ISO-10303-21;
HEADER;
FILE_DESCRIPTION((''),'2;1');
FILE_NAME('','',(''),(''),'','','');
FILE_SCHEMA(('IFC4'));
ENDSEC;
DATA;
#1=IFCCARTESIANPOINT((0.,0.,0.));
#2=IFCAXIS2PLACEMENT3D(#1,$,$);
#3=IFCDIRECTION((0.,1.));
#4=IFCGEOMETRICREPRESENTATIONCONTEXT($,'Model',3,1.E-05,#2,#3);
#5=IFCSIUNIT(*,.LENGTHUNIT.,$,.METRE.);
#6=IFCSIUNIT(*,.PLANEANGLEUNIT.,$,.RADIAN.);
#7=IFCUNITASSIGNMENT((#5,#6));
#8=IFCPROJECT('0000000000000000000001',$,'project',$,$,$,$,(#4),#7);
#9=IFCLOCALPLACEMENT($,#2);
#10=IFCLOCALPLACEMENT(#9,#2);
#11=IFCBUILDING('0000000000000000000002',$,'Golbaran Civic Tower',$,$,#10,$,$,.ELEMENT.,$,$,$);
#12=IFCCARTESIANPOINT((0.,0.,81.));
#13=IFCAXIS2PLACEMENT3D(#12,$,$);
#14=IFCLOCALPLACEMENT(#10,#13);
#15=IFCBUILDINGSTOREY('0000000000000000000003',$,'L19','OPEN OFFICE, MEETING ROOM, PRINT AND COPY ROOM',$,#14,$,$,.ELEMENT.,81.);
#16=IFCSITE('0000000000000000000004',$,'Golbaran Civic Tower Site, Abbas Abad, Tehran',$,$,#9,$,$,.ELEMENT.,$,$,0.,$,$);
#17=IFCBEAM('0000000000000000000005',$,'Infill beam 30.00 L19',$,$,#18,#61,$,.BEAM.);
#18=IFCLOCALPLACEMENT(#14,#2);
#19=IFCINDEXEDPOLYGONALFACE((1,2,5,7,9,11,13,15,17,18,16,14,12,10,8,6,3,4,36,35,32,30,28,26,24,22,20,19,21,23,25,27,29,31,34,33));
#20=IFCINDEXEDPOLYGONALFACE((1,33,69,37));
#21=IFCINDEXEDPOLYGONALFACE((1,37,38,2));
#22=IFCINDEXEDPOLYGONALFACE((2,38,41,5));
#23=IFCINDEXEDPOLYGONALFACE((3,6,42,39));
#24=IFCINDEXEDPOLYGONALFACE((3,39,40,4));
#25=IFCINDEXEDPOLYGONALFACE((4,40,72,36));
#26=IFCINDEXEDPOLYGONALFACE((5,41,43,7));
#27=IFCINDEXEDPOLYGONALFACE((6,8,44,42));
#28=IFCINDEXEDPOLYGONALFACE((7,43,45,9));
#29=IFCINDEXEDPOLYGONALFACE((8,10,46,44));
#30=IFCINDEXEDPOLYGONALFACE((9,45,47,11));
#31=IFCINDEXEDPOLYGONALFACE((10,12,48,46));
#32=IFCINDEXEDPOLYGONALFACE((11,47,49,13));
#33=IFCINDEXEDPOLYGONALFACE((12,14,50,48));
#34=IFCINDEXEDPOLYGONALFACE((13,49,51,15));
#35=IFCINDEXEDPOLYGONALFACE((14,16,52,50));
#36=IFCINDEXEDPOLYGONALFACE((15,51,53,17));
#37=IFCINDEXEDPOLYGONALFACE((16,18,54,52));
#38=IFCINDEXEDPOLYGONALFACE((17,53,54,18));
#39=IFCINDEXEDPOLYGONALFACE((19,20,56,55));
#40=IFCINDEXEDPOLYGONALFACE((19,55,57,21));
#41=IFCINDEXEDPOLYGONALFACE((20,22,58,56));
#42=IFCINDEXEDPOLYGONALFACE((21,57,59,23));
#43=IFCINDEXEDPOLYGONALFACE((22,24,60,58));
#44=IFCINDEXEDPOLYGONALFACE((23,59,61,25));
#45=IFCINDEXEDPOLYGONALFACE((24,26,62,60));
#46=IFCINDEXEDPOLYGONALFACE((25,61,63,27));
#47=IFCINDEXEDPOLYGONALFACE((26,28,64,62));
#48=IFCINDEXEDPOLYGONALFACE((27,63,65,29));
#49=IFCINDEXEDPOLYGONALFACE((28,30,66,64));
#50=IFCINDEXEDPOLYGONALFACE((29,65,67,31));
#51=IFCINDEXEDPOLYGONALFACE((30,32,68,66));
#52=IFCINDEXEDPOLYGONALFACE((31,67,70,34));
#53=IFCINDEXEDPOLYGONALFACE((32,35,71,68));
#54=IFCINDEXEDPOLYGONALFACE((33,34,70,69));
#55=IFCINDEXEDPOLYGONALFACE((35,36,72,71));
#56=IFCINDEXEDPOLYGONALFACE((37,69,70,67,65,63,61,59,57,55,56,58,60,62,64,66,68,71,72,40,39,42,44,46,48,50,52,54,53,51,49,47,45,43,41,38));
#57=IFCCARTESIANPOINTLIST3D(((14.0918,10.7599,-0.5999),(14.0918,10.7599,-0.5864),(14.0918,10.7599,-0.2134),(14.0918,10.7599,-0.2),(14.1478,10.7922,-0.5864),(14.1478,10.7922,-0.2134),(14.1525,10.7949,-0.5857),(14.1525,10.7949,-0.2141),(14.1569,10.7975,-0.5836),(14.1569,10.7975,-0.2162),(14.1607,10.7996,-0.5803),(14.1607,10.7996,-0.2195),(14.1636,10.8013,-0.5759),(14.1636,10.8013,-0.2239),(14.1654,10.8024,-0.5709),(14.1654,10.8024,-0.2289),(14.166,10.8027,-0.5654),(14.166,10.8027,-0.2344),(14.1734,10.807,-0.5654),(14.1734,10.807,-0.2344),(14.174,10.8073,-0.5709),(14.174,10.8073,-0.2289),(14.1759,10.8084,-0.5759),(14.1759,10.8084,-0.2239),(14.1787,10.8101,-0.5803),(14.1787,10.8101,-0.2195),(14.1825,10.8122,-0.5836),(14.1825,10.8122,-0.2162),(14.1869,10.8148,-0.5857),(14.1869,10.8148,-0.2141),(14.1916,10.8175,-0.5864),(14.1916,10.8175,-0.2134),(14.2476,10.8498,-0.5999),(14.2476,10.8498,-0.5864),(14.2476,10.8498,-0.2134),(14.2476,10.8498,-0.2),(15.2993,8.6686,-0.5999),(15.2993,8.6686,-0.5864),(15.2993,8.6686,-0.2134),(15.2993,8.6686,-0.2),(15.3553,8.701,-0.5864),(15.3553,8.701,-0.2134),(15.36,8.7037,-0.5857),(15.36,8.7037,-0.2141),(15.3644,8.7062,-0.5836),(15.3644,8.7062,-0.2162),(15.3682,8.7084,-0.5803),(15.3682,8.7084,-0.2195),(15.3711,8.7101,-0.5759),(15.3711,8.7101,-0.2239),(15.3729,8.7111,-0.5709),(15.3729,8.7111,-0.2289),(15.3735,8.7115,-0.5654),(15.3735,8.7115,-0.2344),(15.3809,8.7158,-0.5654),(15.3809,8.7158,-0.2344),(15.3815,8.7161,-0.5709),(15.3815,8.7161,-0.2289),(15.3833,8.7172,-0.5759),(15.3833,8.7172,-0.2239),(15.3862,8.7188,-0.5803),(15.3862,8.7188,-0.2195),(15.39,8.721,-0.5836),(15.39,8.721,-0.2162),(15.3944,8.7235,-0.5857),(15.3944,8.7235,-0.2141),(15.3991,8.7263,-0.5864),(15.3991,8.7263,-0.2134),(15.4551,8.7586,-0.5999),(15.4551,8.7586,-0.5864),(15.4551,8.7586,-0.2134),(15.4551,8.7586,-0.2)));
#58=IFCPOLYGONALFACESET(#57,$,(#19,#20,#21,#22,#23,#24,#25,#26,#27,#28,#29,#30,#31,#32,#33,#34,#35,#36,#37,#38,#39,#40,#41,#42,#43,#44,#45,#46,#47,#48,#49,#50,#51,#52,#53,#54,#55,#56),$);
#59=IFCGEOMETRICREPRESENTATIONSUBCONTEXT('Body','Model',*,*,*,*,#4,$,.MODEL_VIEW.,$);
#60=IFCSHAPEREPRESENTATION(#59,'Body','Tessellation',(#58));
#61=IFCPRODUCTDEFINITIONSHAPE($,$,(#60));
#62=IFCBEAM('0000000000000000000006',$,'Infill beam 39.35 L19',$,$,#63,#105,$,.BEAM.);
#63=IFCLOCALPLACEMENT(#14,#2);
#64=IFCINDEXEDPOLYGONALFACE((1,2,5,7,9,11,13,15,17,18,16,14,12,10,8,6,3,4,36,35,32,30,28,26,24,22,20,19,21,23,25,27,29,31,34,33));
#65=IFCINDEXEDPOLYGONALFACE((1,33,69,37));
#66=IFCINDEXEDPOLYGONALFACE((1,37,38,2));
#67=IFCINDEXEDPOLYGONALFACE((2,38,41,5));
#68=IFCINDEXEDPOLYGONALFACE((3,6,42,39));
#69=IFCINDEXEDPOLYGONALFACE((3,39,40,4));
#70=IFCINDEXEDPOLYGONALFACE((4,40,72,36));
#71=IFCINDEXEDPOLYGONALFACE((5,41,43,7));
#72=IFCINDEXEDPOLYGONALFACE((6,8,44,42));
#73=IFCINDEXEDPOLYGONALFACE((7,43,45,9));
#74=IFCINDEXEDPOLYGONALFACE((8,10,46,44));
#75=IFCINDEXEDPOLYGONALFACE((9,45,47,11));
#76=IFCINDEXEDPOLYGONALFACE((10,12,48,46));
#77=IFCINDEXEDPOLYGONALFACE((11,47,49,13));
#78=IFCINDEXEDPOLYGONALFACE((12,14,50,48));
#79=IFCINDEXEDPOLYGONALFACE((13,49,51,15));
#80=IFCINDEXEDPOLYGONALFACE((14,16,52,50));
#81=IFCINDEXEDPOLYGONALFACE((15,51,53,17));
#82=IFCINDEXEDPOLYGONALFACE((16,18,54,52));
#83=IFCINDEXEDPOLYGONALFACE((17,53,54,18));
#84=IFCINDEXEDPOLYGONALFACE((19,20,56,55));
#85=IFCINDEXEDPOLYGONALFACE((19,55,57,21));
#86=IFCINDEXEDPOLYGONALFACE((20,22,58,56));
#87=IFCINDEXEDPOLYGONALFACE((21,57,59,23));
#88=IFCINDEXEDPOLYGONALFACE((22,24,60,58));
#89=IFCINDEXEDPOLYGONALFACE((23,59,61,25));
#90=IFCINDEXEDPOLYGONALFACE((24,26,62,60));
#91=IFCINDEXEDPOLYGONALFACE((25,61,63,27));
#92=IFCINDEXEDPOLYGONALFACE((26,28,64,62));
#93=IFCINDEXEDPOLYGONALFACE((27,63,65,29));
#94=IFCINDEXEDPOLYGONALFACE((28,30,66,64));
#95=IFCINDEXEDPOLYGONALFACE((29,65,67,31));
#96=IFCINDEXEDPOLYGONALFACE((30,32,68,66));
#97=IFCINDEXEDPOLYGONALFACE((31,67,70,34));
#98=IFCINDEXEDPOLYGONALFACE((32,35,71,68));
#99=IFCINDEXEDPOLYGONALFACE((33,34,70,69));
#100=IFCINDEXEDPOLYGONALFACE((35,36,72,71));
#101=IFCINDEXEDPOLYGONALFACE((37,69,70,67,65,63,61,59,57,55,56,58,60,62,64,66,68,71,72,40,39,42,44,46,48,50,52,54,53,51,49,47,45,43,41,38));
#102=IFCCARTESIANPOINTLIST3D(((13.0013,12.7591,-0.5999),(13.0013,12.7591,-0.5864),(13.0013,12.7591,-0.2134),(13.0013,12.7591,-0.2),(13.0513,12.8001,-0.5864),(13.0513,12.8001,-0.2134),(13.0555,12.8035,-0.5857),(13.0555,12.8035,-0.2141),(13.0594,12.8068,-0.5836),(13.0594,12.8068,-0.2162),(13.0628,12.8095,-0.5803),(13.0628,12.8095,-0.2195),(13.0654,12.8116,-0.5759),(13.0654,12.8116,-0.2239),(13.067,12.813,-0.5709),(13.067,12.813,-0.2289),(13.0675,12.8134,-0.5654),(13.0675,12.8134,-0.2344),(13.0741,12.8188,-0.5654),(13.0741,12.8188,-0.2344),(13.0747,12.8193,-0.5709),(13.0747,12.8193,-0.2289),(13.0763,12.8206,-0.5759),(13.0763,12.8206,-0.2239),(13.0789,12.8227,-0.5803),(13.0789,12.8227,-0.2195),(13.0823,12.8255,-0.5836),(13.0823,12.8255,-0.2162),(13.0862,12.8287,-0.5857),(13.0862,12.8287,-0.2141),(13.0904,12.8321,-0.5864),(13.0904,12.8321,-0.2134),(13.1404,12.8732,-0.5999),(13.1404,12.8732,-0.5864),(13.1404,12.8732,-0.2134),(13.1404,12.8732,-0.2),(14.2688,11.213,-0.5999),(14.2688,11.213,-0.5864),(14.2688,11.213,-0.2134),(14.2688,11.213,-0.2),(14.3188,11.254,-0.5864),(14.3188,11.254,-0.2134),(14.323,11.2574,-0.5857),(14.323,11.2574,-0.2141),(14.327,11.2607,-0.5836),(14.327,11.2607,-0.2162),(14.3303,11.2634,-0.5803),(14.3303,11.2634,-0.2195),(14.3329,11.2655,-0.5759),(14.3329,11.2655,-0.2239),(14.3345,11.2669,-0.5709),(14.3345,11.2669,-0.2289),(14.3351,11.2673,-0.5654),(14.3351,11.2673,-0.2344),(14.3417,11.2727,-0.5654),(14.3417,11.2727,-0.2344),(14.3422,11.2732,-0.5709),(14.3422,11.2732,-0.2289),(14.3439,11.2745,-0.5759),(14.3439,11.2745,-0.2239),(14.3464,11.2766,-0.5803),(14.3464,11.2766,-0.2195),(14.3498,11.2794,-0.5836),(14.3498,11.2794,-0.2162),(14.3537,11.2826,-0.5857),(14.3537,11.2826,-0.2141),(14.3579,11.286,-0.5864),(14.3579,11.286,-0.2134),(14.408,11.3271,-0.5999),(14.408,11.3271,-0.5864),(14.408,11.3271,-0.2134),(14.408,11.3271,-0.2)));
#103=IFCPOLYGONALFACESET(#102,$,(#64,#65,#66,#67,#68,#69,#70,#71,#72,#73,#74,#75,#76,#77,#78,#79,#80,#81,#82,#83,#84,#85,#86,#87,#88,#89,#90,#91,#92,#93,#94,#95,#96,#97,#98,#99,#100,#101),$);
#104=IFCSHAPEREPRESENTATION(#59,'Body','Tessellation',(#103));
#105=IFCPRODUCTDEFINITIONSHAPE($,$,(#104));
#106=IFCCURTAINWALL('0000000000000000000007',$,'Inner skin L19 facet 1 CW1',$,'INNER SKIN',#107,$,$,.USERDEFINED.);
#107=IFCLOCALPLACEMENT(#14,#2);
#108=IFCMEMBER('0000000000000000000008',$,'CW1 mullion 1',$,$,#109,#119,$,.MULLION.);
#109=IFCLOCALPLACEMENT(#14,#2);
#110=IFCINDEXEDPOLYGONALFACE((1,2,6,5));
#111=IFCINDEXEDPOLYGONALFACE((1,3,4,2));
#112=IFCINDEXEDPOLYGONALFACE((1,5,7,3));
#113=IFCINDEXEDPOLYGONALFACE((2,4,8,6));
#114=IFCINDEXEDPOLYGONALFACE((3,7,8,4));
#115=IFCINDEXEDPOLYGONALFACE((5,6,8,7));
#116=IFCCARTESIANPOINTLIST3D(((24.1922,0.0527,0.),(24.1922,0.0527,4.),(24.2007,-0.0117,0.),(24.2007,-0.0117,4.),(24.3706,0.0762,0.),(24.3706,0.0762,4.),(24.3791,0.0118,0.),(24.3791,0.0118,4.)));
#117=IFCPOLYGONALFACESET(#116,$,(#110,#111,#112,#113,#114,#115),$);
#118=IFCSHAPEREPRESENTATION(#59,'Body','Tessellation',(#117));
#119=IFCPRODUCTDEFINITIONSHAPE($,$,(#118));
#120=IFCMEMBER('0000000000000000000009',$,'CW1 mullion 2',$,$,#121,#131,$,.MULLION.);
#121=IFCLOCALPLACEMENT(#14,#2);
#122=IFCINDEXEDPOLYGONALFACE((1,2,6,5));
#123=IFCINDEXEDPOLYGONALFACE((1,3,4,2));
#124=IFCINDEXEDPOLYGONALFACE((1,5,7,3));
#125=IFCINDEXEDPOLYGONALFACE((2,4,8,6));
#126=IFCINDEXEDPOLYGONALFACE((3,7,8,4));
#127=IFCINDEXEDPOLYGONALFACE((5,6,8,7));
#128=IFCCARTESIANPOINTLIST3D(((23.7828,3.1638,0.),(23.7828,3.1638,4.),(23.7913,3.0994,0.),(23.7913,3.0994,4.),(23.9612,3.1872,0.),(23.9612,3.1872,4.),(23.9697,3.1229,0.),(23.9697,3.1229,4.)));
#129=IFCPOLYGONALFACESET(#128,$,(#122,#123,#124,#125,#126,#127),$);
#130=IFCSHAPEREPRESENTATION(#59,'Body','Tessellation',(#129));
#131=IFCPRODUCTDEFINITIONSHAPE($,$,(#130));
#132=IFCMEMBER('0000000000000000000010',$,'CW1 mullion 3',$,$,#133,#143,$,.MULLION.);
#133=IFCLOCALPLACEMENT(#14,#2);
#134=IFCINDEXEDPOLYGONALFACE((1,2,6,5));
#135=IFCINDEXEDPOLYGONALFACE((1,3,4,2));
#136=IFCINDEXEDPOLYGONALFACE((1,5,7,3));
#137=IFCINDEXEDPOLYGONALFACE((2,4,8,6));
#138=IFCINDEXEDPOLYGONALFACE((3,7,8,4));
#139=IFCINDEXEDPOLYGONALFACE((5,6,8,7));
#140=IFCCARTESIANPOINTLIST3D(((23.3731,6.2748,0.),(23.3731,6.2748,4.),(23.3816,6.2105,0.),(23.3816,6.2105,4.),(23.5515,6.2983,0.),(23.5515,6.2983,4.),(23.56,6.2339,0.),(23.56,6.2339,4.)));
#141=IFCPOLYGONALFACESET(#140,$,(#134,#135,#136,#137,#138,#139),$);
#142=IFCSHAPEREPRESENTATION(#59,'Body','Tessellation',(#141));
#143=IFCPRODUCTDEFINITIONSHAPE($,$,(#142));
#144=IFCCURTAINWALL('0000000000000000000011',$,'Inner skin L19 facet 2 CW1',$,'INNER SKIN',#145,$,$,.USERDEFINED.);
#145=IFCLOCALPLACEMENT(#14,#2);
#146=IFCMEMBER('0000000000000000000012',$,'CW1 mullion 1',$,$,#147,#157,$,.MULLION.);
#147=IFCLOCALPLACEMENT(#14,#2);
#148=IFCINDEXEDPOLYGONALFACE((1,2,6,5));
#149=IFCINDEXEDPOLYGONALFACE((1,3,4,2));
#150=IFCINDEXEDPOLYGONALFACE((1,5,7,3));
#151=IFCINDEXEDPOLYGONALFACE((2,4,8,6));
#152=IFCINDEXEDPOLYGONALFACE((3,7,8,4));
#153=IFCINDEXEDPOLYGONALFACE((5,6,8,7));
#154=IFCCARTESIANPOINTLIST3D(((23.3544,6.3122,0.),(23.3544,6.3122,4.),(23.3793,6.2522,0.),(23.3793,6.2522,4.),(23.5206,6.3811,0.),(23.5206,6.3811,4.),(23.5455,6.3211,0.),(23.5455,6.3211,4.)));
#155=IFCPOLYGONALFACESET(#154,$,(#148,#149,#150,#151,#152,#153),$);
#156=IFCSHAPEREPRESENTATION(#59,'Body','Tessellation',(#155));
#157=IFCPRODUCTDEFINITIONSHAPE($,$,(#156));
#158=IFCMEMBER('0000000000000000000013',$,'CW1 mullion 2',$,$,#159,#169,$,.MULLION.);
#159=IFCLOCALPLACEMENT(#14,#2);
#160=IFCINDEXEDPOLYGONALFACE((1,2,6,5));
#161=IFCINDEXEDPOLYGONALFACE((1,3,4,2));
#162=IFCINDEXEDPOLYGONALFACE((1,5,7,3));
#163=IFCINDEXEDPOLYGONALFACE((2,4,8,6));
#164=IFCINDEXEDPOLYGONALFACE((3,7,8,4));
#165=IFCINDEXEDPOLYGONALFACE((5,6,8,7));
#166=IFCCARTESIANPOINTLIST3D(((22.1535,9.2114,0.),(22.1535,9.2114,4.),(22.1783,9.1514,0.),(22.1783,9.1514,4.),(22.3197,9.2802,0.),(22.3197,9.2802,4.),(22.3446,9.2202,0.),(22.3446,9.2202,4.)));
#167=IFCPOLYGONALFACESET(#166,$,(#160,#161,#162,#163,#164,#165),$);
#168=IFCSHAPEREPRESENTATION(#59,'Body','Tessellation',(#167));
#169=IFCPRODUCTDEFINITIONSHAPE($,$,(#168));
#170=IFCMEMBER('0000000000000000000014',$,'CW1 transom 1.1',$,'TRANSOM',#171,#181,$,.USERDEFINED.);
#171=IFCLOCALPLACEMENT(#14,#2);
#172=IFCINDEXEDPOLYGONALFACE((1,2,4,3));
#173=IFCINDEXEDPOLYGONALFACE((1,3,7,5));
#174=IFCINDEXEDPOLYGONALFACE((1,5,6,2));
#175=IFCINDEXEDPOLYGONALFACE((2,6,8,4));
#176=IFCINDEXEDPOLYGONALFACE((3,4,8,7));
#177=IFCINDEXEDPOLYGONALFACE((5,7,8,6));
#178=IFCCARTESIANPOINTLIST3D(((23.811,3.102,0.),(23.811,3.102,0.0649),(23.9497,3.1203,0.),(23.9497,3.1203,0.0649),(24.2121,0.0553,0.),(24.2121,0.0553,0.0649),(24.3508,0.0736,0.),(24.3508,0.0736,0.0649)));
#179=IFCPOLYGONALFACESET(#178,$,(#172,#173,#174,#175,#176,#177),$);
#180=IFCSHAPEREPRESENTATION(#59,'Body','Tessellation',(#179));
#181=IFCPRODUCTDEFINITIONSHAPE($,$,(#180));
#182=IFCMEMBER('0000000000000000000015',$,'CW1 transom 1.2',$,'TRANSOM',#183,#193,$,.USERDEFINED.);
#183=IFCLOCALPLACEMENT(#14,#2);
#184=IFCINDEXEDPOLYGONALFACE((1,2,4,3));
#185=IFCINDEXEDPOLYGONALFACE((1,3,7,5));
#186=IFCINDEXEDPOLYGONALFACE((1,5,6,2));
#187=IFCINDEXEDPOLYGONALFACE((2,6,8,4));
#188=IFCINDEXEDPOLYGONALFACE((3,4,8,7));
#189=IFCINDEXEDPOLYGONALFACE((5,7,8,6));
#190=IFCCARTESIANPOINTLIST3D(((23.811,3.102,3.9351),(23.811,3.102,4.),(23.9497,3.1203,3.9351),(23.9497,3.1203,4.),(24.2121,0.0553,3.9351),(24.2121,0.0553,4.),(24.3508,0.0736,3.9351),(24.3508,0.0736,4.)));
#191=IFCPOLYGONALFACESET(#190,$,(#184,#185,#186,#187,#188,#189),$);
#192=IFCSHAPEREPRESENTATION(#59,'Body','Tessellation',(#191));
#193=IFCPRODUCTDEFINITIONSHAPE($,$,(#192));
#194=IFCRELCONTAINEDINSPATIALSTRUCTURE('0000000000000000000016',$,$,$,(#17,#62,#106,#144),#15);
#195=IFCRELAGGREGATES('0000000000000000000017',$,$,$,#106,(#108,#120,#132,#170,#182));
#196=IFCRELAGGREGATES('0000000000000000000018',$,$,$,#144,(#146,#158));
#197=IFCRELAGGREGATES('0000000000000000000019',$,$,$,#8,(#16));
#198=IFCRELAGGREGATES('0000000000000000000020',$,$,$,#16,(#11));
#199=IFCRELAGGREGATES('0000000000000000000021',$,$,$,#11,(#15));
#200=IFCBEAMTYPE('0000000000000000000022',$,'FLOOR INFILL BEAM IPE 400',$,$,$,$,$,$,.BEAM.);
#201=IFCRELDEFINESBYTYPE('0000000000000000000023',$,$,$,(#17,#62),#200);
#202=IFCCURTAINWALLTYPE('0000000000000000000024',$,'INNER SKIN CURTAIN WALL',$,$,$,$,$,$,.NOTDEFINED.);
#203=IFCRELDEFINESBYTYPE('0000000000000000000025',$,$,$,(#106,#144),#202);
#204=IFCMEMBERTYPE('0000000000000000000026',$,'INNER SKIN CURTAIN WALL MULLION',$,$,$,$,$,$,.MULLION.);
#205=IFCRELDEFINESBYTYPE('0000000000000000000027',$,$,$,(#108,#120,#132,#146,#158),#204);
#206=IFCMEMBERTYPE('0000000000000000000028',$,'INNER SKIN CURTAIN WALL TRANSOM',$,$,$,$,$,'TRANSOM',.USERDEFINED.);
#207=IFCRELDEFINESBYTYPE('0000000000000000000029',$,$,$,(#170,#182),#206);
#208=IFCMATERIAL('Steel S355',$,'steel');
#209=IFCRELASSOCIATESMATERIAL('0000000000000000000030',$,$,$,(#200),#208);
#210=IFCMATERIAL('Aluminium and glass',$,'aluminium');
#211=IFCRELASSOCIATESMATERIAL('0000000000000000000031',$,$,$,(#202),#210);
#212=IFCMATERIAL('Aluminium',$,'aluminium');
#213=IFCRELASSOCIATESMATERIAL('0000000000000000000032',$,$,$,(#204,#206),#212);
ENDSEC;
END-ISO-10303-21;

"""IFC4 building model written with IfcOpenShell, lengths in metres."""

from ifc_helpers import new_model, si_unit, direction, frame, origin, origin_2d, place, context, subcontext, project, spatial, rectangle, i_section, extrude, material, material_profile, profile_set, type_object, element, aggregate, save


model = new_model("IFC4")

# Units and contexts
model_context = context("Model", 3, precision=1e-05, world=origin(), true_north=direction((0.0, 1.0)))
body_context = subcontext(model_context, "Body", "Model", "MODEL_VIEW")
ifc_project = project(units=[si_unit("LENGTHUNIT", "METRE"), si_unit("PLANEANGLEUNIT", "RADIAN")], contexts=[model_context])

# Site, building, storey
site_placement = place(None, origin())
site = spatial("IfcSite", under=ifc_project, at=site_placement, Name="Golbaran Civic Tower Site, Abbas Abad, Tehran", CompositionType="ELEMENT", RefElevation=0.0)
building_placement = place(site_placement, origin())
building = spatial("IfcBuilding", under=site, at=building_placement, Name="Golbaran Civic Tower", CompositionType="ELEMENT")
storey_placement = place(building_placement, frame((0.0, 0.0, 81.0)))
storey = spatial("IfcBuildingStorey", under=building, at=storey_placement, Name="L19", Description="OPEN OFFICE, MEETING ROOM, PRINT AND COPY ROOM", CompositionType="ELEMENT", Elevation=81.0)

# Beams
ifc_material_1 = material(Name="Steel S355", Category="steel")
ifc_material_profile_1 = material_profile(ifc_material_1, i_section(OverallWidth=0.1799, OverallDepth=0.3999, WebThickness=0.0085, FlangeThickness=0.0134, FilletRadius=0.021, at=origin_2d()), Name="IPE 400")
ifc_profile_set_1 = profile_set([ifc_material_profile_1], Name="Steel S355")
beam_type_1 = type_object("IfcBeamType", Name="FLOOR INFILL BEAM IPE 400", PredefinedType="BEAM", material=ifc_profile_set_1)
beam_1_placement = place(storey_placement, frame((15.3772, 8.7136, -0.3999), z_axis=(-0.500032, 0.866007, 0.0), x_axis=(-0.866007, -0.500032, 0.0)))
element("IfcBeam", 1, at=beam_1_placement, inside=storey, type_object=beam_type_1, Name="Infill beam 30.00 L19", PredefinedType="BEAM", context=body_context, shape_type="SweptSolid", body=[
    extrude(i_section(OverallWidth=0.1799, OverallDepth=0.3999, WebThickness=0.0085, FlangeThickness=0.0134, FilletRadius=0.021, at=origin_2d()), origin(), (0.0, 0.0, 1.0), 2.4148),
])
beam_2_placement = place(storey_placement, frame((14.3384, 11.27, -0.3999), z_axis=(-0.634002, 0.773331, 0.0), x_axis=(-0.773331, -0.634002, 0.0)))
element("IfcBeam", 2, at=beam_2_placement, inside=storey, type_object=beam_type_1, Name="Infill beam 39.35 L19", PredefinedType="BEAM", context=body_context, shape_type="SweptSolid", body=[
    extrude(i_section(OverallWidth=0.1799, OverallDepth=0.3999, WebThickness=0.0085, FlangeThickness=0.0134, FilletRadius=0.021, at=origin_2d()), origin(), (0.0, 0.0, 1.0), 1.9993),
])

# Curtain walls, members
ifc_material_2 = material(Name="Aluminium and glass", Category="aluminium")
curtain_wall_type = type_object("IfcCurtainWallType", Name="INNER SKIN CURTAIN WALL", PredefinedType="NOTDEFINED", material=ifc_material_2)
curtain_wall_1_placement = place(storey_placement, origin())
curtain_wall_1 = element("IfcCurtainWall", 3, at=curtain_wall_1_placement, inside=storey, type_object=curtain_wall_type, Name="Inner skin L19 facet 1 CW1", ObjectType="INNER SKIN", PredefinedType="USERDEFINED")
ifc_material_3 = material(Name="Aluminium", Category="aluminium")
ifc_material_profile_2 = material_profile(ifc_material_3, rectangle(XDim=0.1799, YDim=0.0649, at=origin_2d()), Name="INNER SKIN CURTAIN WALL MULLION")
ifc_profile_set_2 = profile_set([ifc_material_profile_2], Name="Aluminium")
member_type_1 = type_object("IfcMemberType", Name="INNER SKIN CURTAIN WALL MULLION", PredefinedType="MULLION", material=ifc_profile_set_2)
member_1_placement = place(storey_placement, frame((24.2856, 0.0322, 0.0), z_axis=(0.0, 0.0, 1.0), x_axis=(-0.991445, -0.130526, 0.0)))
member_1 = element("IfcMember", 4, at=member_1_placement, type_object=member_type_1, Name="CW1 mullion 1", PredefinedType="MULLION", context=body_context, shape_type="SweptSolid", body=[
    extrude(rectangle(XDim=0.1799, YDim=0.0649, at=origin_2d()), origin(), (0.0, 0.0, 1.0), 4.0),
])
member_2_placement = place(storey_placement, frame((23.8762, 3.1433, 0.0), z_axis=(0.0, 0.0, 1.0), x_axis=(-0.991445, -0.130526, 0.0)))
member_2 = element("IfcMember", 5, at=member_2_placement, type_object=member_type_1, Name="CW1 mullion 2", PredefinedType="MULLION", context=body_context, shape_type="SweptSolid", body=[
    extrude(rectangle(XDim=0.1799, YDim=0.0649, at=origin_2d()), origin(), (0.0, 0.0, 1.0), 4.0),
])
member_3_placement = place(storey_placement, frame((23.4666, 6.2544, 0.0), z_axis=(0.0, 0.0, 1.0), x_axis=(-0.991445, -0.130526, 0.0)))
member_3 = element("IfcMember", 6, at=member_3_placement, type_object=member_type_1, Name="CW1 mullion 3", PredefinedType="MULLION", context=body_context, shape_type="SweptSolid", body=[
    extrude(rectangle(XDim=0.1799, YDim=0.0649, at=origin_2d()), origin(), (0.0, 0.0, 1.0), 4.0),
])
curtain_wall_2_placement = place(storey_placement, origin())
curtain_wall_2 = element("IfcCurtainWall", 7, at=curtain_wall_2_placement, inside=storey, type_object=curtain_wall_type, Name="Inner skin L19 facet 2 CW1", ObjectType="INNER SKIN", PredefinedType="USERDEFINED")
member_4_placement = place(storey_placement, frame((23.45, 6.3167, 0.0), z_axis=(0.0, 0.0, 1.0), x_axis=(-0.92388, -0.382683, 0.0)))
member_4 = element("IfcMember", 8, at=member_4_placement, type_object=member_type_1, Name="CW1 mullion 1", PredefinedType="MULLION", context=body_context, shape_type="SweptSolid", body=[
    extrude(rectangle(XDim=0.1799, YDim=0.0649, at=origin_2d()), origin(), (0.0, 0.0, 1.0), 4.0),
])
member_5_placement = place(storey_placement, frame((22.249, 9.2158, 0.0), z_axis=(0.0, 0.0, 1.0), x_axis=(-0.92388, -0.382683, 0.0)))
member_5 = element("IfcMember", 9, at=member_5_placement, type_object=member_type_1, Name="CW1 mullion 2", PredefinedType="MULLION", context=body_context, shape_type="SweptSolid", body=[
    extrude(rectangle(XDim=0.1799, YDim=0.0649, at=origin_2d()), origin(), (0.0, 0.0, 1.0), 4.0),
])

# Members
ifc_material_profile_3 = material_profile(ifc_material_3, rectangle(XDim=0.1399, YDim=0.0649, at=origin_2d()), Name="INNER SKIN CURTAIN WALL TRANSOM")
ifc_profile_set_3 = profile_set([ifc_material_profile_3], Name="Aluminium")
member_type_2 = type_object("IfcMemberType", Name="INNER SKIN CURTAIN WALL TRANSOM", ElementType="TRANSOM", PredefinedType="USERDEFINED", material=ifc_profile_set_3)
member_6_placement = place(storey_placement, frame((24.2815, 0.0645, 0.0325), z_axis=(-0.130535, 0.991444, 0.0), x_axis=(-0.991444, -0.130535, 0.0)))
member_6 = element("IfcMember", 10, at=member_6_placement, type_object=member_type_2, Name="CW1 transom 1.1", ObjectType="TRANSOM", PredefinedType="USERDEFINED", context=body_context, shape_type="SweptSolid", body=[
    extrude(rectangle(XDim=0.1399, YDim=0.0649, at=origin_2d()), origin(), (0.0, 0.0, 1.0), 3.073),
])
member_7_placement = place(storey_placement, frame((24.2815, 0.0645, 3.9675), z_axis=(-0.130535, 0.991444, 0.0), x_axis=(-0.991444, -0.130535, 0.0)))
member_7 = element("IfcMember", 11, at=member_7_placement, type_object=member_type_2, Name="CW1 transom 1.2", ObjectType="TRANSOM", PredefinedType="USERDEFINED", context=body_context, shape_type="SweptSolid", body=[
    extrude(rectangle(XDim=0.1399, YDim=0.0649, at=origin_2d()), origin(), (0.0, 0.0, 1.0), 3.073),
])

aggregate(curtain_wall_1, [member_1, member_2, member_3, member_6, member_7])
aggregate(curtain_wall_2, [member_4, member_5])

save(model, "model.ifc")
